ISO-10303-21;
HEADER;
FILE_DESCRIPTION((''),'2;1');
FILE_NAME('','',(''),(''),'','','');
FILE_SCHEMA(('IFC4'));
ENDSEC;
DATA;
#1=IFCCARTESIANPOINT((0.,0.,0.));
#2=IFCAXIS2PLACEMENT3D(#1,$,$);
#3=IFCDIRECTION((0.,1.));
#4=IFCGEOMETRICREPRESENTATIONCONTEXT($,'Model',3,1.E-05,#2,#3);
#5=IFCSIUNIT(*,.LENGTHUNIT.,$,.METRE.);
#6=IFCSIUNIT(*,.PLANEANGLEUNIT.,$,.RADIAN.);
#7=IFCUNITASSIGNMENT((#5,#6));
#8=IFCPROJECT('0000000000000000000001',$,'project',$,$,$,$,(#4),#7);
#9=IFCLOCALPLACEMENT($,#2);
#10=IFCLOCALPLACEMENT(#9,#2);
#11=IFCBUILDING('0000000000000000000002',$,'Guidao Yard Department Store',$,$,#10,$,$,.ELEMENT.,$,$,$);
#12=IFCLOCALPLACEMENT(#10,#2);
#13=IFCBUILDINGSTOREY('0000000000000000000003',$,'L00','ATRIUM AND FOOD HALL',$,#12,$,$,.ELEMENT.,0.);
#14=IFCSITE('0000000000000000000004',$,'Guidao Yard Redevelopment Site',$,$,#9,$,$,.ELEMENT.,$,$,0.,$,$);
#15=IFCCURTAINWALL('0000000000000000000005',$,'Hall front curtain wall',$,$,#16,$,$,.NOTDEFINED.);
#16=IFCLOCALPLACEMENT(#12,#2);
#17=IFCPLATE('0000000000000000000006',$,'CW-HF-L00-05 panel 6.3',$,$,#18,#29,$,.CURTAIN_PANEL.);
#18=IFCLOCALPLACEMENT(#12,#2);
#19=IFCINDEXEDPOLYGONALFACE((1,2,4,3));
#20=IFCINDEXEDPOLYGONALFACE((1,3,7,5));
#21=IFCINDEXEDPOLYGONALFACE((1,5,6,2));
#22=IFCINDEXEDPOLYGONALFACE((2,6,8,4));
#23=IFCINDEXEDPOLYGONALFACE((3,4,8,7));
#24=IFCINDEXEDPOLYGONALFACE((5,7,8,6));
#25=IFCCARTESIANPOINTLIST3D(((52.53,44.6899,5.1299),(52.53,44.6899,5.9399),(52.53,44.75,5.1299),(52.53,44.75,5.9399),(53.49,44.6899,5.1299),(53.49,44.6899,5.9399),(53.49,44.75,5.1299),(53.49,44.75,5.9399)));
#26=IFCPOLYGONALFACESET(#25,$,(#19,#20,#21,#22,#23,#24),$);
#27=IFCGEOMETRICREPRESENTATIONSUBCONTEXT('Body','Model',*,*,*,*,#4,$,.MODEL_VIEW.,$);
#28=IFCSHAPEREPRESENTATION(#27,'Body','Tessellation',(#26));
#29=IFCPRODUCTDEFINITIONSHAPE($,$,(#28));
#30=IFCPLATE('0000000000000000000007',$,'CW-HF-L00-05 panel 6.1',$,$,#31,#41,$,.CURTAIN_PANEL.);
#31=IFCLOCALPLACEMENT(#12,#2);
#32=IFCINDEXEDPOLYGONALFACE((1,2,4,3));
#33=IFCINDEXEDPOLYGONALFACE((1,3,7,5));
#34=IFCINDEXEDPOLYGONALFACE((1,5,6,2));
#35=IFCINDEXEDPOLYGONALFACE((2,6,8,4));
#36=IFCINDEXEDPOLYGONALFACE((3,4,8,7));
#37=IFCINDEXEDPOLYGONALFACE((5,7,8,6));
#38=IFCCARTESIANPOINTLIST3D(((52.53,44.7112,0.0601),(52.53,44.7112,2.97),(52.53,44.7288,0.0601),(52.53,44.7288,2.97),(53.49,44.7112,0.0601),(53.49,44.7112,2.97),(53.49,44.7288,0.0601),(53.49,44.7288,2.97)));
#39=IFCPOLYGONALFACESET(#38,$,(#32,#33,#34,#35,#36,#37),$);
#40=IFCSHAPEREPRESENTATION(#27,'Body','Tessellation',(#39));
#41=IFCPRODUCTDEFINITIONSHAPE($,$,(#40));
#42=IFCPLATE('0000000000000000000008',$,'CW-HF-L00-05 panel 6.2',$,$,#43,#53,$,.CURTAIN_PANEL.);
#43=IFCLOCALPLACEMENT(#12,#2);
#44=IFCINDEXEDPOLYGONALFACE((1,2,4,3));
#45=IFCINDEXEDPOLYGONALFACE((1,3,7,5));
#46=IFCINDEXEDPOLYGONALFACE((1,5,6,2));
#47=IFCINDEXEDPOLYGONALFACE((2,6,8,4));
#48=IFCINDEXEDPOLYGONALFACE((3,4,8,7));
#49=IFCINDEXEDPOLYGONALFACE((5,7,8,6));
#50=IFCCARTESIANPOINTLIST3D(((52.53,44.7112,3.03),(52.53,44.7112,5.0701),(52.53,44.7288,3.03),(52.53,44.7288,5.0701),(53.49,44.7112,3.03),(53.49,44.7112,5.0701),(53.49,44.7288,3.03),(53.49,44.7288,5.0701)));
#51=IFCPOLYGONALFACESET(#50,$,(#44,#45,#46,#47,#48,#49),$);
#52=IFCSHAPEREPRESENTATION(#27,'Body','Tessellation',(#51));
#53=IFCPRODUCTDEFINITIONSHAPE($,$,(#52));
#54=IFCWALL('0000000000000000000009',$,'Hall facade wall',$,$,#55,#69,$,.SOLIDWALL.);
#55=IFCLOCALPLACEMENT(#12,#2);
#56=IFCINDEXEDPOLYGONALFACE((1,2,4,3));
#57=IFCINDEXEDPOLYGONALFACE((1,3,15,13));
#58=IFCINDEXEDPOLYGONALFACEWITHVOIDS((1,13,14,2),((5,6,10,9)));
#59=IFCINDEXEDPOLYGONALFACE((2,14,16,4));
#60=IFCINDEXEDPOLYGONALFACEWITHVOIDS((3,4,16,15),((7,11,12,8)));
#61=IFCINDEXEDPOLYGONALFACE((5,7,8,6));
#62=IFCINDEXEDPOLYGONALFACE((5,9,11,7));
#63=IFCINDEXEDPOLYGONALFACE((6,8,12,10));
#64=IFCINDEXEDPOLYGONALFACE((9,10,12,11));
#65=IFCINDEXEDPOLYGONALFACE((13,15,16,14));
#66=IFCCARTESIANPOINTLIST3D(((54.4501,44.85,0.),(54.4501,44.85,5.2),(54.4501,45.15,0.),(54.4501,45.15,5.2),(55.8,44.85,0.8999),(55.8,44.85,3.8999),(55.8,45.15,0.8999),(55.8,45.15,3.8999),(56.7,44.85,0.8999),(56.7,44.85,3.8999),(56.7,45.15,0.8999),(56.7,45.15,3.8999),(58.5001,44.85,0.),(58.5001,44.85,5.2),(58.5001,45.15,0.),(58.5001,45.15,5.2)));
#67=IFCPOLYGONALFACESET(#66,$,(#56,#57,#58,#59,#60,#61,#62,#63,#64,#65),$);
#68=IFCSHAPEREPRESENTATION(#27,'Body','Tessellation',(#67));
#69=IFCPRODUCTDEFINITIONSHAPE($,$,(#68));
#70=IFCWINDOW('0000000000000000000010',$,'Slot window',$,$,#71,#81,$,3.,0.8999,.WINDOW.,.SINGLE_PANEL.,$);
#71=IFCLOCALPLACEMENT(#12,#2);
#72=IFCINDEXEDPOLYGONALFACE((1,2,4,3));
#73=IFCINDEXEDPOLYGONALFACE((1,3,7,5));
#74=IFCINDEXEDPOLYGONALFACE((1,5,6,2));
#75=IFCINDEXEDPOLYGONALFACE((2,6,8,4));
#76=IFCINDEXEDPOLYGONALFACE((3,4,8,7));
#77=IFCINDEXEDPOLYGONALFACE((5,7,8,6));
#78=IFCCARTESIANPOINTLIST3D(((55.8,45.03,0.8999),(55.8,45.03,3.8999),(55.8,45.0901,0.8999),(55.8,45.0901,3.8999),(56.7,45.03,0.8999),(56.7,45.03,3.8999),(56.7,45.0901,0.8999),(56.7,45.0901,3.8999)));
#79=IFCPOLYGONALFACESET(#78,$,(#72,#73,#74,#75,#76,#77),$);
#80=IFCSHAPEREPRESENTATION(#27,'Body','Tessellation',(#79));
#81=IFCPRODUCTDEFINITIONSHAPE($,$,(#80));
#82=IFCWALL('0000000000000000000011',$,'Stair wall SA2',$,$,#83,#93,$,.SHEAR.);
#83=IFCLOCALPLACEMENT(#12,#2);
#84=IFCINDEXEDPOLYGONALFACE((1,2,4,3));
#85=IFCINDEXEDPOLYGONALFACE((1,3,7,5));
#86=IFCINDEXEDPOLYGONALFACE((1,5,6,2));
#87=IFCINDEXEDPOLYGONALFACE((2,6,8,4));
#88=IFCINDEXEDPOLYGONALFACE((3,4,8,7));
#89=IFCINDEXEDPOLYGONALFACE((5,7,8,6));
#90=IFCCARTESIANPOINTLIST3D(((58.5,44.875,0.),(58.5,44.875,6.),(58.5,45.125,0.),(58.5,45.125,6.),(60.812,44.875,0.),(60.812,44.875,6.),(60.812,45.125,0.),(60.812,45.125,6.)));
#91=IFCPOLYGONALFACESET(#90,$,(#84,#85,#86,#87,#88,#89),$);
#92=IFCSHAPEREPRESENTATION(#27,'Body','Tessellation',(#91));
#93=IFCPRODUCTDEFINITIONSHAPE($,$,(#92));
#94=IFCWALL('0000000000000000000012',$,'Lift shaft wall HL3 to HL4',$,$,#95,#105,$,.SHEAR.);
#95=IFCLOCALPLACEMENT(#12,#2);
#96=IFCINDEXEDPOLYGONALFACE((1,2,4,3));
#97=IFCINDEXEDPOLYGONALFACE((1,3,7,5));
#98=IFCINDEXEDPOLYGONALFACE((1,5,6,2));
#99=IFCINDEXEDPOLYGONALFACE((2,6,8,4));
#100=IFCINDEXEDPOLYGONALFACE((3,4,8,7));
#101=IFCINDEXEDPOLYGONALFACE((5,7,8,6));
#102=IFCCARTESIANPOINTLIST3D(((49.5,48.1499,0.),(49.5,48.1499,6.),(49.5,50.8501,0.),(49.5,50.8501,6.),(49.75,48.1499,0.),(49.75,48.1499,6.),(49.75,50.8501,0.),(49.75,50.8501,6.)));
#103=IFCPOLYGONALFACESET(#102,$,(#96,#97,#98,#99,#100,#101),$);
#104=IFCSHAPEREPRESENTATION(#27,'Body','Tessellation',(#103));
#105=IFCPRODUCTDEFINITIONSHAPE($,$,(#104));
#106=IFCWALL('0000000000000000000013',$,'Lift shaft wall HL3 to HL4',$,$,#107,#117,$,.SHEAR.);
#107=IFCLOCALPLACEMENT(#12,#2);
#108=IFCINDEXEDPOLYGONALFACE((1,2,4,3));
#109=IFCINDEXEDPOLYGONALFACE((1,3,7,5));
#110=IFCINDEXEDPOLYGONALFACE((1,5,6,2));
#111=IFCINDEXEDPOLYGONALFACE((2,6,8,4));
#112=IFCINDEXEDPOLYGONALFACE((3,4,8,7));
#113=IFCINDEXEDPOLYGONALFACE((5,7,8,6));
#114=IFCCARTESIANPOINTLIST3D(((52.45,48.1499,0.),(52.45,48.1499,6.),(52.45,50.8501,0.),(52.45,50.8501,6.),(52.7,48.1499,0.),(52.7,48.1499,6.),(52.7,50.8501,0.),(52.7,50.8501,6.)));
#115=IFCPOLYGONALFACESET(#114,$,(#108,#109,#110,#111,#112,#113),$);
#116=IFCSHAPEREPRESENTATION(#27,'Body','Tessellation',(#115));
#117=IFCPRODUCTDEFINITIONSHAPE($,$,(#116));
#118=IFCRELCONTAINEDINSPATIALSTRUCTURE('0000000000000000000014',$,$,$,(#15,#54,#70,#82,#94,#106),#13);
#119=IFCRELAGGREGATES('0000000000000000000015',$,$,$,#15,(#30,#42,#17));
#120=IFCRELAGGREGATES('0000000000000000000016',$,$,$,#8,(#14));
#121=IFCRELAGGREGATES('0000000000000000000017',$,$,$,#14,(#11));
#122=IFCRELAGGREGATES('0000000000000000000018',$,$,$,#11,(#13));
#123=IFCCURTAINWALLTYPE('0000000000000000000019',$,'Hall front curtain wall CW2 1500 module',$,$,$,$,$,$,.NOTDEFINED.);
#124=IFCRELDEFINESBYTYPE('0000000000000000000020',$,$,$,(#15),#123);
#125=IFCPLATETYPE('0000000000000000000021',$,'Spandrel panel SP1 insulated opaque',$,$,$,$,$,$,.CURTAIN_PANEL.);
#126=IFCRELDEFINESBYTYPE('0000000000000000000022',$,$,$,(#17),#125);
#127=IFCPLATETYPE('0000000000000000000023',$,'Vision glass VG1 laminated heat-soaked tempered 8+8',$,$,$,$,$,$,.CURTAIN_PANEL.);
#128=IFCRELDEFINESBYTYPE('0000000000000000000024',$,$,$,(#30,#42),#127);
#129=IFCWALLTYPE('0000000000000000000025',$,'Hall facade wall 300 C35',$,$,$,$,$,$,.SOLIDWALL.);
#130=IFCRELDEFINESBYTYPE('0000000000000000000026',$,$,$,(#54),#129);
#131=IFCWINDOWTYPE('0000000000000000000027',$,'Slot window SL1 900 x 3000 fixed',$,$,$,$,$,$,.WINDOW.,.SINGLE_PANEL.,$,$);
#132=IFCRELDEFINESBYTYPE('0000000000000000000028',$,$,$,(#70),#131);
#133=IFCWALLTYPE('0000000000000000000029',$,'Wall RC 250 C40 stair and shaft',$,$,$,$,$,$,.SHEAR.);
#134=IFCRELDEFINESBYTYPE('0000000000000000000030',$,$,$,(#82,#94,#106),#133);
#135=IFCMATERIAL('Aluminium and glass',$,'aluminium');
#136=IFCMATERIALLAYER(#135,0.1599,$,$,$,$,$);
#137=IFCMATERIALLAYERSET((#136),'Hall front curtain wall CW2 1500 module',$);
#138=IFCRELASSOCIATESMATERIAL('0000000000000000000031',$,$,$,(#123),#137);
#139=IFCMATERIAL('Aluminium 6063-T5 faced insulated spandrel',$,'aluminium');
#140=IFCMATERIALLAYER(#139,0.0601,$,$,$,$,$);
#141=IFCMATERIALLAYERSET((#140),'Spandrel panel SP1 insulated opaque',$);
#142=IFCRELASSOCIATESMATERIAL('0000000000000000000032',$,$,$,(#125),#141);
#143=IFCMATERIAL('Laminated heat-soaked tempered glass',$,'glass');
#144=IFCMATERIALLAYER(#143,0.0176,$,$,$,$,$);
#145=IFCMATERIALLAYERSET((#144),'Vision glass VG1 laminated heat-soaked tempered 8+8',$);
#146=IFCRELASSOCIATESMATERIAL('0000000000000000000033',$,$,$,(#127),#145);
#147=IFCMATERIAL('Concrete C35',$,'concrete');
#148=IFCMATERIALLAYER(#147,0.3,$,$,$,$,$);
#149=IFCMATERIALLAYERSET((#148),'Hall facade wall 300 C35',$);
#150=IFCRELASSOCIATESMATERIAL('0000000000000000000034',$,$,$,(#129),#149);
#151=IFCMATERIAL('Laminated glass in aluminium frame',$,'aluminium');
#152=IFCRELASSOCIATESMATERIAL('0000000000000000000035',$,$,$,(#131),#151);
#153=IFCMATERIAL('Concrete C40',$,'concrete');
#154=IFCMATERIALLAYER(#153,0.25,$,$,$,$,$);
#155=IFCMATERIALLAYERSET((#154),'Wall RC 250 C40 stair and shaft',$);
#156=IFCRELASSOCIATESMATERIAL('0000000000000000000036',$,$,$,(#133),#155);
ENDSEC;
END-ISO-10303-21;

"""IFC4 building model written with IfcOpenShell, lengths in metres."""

from ifc_helpers import new_model, si_unit, direction, frame, frame_2d, origin, origin_2d, place, context, subcontext, project, spatial, rectangle, extrude, material, layer, layer_set, type_object, element, fill, aggregate, save


model = new_model("IFC4")

# Units and contexts
model_context = context("Model", 3, precision=1e-05, world=origin(), true_north=direction((0.0, 1.0)))
body_context = subcontext(model_context, "Body", "Model", "MODEL_VIEW")
ifc_project = project(units=[si_unit("LENGTHUNIT", "METRE"), si_unit("PLANEANGLEUNIT", "RADIAN")], contexts=[model_context])

# Site, building, storey
site_placement = place(None, origin())
site = spatial("IfcSite", under=ifc_project, at=site_placement, Name="Guidao Yard Redevelopment Site", CompositionType="ELEMENT", RefElevation=0.0)
building_placement = place(site_placement, origin())
building = spatial("IfcBuilding", under=site, at=building_placement, Name="Guidao Yard Department Store", CompositionType="ELEMENT")
storey_placement = place(building_placement, origin())
storey = spatial("IfcBuildingStorey", under=building, at=storey_placement, Name="L00", Description="ATRIUM AND FOOD HALL", CompositionType="ELEMENT", Elevation=0.0)

# Curtain wall
ifc_material_1 = material(Name="Aluminium and glass", Category="aluminium")
ifc_layer_1 = layer(ifc_material_1, 0.1599)
ifc_layer_set_1 = layer_set([ifc_layer_1], Name="Hall front curtain wall CW2 1500 module")
curtain_wall_type = type_object("IfcCurtainWallType", Name="Hall front curtain wall CW2 1500 module", PredefinedType="NOTDEFINED", material=ifc_layer_set_1)
curtain_wall_placement = place(storey_placement, origin())
curtain_wall = element("IfcCurtainWall", 1, at=curtain_wall_placement, inside=storey, type_object=curtain_wall_type, Name="Hall front curtain wall", PredefinedType="NOTDEFINED")

# Plates
ifc_material_2 = material(Name="Aluminium 6063-T5 faced insulated spandrel", Category="aluminium")
ifc_layer_2 = layer(ifc_material_2, 0.0601)
ifc_layer_set_2 = layer_set([ifc_layer_2], Name="Spandrel panel SP1 insulated opaque")
plate_type_1 = type_object("IfcPlateType", Name="Spandrel panel SP1 insulated opaque", PredefinedType="CURTAIN_PANEL", material=ifc_layer_set_2)
plate_1_placement = place(storey_placement, frame((53.01, 44.72, 5.1299), z_axis=(0.0, 0.0, 1.0), x_axis=(-1.0, 0.0, 0.0)))
plate_1 = element("IfcPlate", 2, at=plate_1_placement, type_object=plate_type_1, Name="CW-HF-L00-05 panel 6.3", PredefinedType="CURTAIN_PANEL", context=body_context, shape_type="SweptSolid", body=[
    extrude(rectangle(XDim=0.96, YDim=0.0601, at=origin_2d()), origin(), (0.0, 0.0, 1.0), 0.8101),
])
ifc_material_3 = material(Name="Laminated heat-soaked tempered glass", Category="glass")
ifc_layer_3 = layer(ifc_material_3, 0.0176)
ifc_layer_set_3 = layer_set([ifc_layer_3], Name="Vision glass VG1 laminated heat-soaked tempered 8+8")
plate_type_2 = type_object("IfcPlateType", Name="Vision glass VG1 laminated heat-soaked tempered 8+8", PredefinedType="CURTAIN_PANEL", material=ifc_layer_set_3)
plate_2_placement = place(storey_placement, frame((53.01, 44.72, 0.0601), z_axis=(0.0, 0.0, 1.0), x_axis=(-1.0, 0.0, 0.0)))
plate_2 = element("IfcPlate", 3, at=plate_2_placement, type_object=plate_type_2, Name="CW-HF-L00-05 panel 6.1", PredefinedType="CURTAIN_PANEL", context=body_context, shape_type="SweptSolid", body=[
    extrude(rectangle(XDim=0.96, YDim=0.0176, at=origin_2d()), origin(), (0.0, 0.0, 1.0), 2.9099),
])
plate_3_placement = place(storey_placement, frame((53.01, 44.72, 3.03), z_axis=(0.0, 0.0, 1.0), x_axis=(-1.0, 0.0, 0.0)))
plate_3 = element("IfcPlate", 4, at=plate_3_placement, type_object=plate_type_2, Name="CW-HF-L00-05 panel 6.2", PredefinedType="CURTAIN_PANEL", context=body_context, shape_type="SweptSolid", body=[
    extrude(rectangle(XDim=0.96, YDim=0.0176, at=origin_2d()), origin(), (0.0, 0.0, 1.0), 2.04),
])
aggregate(curtain_wall, [plate_2, plate_3, plate_1])

# Wall, opening, window
ifc_material_4 = material(Name="Concrete C35", Category="concrete")
ifc_layer_4 = layer(ifc_material_4, 0.3)
ifc_layer_set_4 = layer_set([ifc_layer_4], Name="Hall facade wall 300 C35")
wall_type_1 = type_object("IfcWallType", Name="Hall facade wall 300 C35", PredefinedType="SOLIDWALL", material=ifc_layer_set_4)
wall_1_placement = place(storey_placement, frame((58.5, 45.0, 0.0), z_axis=(0.0, 0.0, 1.0), x_axis=(-1.0, 0.0, 0.0)))
wall_1 = element("IfcWall", 5, at=wall_1_placement, inside=storey, type_object=wall_type_1, Name="Hall facade wall", PredefinedType="SOLIDWALL", context=body_context, shape_type="SweptSolid", body=[
    extrude(rectangle(XDim=4.05, YDim=0.3, at=frame_2d((2.0249, 0.0))), origin(), (0.0, 0.0, 1.0), 5.2),
])
opening_placement = place(wall_1_placement, frame((1.8, 0.0, 0.8999)))
opening = element("IfcOpeningElement", 6, at=opening_placement, cuts=wall_1, PredefinedType="OPENING", context=body_context, shape_type="SweptSolid", body=[
    extrude(rectangle(XDim=0.8999, YDim=3.0, at=frame_2d((0.45, 1.5))), frame((0.0, 0.1599, 0.0), z_axis=(0.0, -1.0, 0.0), x_axis=(1.0, 0.0, 0.0)), (0.0, 0.0, 1.0), 0.3201),
])
ifc_material_5 = material(Name="Laminated glass in aluminium frame", Category="aluminium")
window_type = type_object("IfcWindowType", Name="Slot window SL1 900 x 3000 fixed", PartitioningType="SINGLE_PANEL", PredefinedType="WINDOW", material=ifc_material_5)
window_placement = place(opening_placement, origin())
window = element("IfcWindow", 7, at=window_placement, inside=storey, type_object=window_type, Name="Slot window", OverallHeight=3.0, OverallWidth=0.8999, PartitioningType="SINGLE_PANEL", PredefinedType="WINDOW", context=body_context, shape_type="SweptSolid", body=[
    extrude(rectangle(XDim=0.8999, YDim=3.0, at=frame_2d((0.45, 1.5))), frame((0.0, -0.03, 0.0), z_axis=(0.0, -1.0, 0.0), x_axis=(1.0, 0.0, 0.0)), (0.0, 0.0, 1.0), 0.0601),
])
fill(opening, window)

# Walls
ifc_material_6 = material(Name="Concrete C40", Category="concrete")
ifc_layer_5 = layer(ifc_material_6, 0.25)
ifc_layer_set_5 = layer_set([ifc_layer_5], Name="Wall RC 250 C40 stair and shaft")
wall_type_2 = type_object("IfcWallType", Name="Wall RC 250 C40 stair and shaft", PredefinedType="SHEAR", material=ifc_layer_set_5)
wall_2_placement = place(storey_placement, frame((58.5, 45.0, 0.0), z_axis=(0.0, 0.0, 1.0), x_axis=(1.0, 0.0, 0.0)))
element("IfcWall", 8, at=wall_2_placement, inside=storey, type_object=wall_type_2, Name="Stair wall SA2", PredefinedType="SHEAR", context=body_context, shape_type="SweptSolid", body=[
    extrude(rectangle(XDim=2.312, YDim=0.25, at=frame_2d((1.156, 0.0))), origin(), (0.0, 0.0, 1.0), 6.0),
])
for number, where, z_axis, x_axis, name in (
    (9, (49.625, 48.1499, 0.0), (0.0, 0.0, 1.0), (0.0, 1.0, 0.0), "Lift shaft wall HL3 to HL4"),
    (10, (52.575, 48.1499, 0.0), (0.0, 0.0, 1.0), (0.0, 1.0, 0.0), "Lift shaft wall HL3 to HL4"),
):
    element("IfcWall", number, at=place(storey_placement, frame(where, z_axis=z_axis, x_axis=x_axis)), inside=storey, type_object=wall_type_2, Name=name, PredefinedType="SHEAR", context=body_context, shape_type="SweptSolid", body=[
        extrude(rectangle(XDim=2.7002, YDim=0.25, at=frame_2d((1.3501, 0.0))), origin(), (0.0, 0.0, 1.0), 6.0),
    ])

save(model, "model.ifc")
